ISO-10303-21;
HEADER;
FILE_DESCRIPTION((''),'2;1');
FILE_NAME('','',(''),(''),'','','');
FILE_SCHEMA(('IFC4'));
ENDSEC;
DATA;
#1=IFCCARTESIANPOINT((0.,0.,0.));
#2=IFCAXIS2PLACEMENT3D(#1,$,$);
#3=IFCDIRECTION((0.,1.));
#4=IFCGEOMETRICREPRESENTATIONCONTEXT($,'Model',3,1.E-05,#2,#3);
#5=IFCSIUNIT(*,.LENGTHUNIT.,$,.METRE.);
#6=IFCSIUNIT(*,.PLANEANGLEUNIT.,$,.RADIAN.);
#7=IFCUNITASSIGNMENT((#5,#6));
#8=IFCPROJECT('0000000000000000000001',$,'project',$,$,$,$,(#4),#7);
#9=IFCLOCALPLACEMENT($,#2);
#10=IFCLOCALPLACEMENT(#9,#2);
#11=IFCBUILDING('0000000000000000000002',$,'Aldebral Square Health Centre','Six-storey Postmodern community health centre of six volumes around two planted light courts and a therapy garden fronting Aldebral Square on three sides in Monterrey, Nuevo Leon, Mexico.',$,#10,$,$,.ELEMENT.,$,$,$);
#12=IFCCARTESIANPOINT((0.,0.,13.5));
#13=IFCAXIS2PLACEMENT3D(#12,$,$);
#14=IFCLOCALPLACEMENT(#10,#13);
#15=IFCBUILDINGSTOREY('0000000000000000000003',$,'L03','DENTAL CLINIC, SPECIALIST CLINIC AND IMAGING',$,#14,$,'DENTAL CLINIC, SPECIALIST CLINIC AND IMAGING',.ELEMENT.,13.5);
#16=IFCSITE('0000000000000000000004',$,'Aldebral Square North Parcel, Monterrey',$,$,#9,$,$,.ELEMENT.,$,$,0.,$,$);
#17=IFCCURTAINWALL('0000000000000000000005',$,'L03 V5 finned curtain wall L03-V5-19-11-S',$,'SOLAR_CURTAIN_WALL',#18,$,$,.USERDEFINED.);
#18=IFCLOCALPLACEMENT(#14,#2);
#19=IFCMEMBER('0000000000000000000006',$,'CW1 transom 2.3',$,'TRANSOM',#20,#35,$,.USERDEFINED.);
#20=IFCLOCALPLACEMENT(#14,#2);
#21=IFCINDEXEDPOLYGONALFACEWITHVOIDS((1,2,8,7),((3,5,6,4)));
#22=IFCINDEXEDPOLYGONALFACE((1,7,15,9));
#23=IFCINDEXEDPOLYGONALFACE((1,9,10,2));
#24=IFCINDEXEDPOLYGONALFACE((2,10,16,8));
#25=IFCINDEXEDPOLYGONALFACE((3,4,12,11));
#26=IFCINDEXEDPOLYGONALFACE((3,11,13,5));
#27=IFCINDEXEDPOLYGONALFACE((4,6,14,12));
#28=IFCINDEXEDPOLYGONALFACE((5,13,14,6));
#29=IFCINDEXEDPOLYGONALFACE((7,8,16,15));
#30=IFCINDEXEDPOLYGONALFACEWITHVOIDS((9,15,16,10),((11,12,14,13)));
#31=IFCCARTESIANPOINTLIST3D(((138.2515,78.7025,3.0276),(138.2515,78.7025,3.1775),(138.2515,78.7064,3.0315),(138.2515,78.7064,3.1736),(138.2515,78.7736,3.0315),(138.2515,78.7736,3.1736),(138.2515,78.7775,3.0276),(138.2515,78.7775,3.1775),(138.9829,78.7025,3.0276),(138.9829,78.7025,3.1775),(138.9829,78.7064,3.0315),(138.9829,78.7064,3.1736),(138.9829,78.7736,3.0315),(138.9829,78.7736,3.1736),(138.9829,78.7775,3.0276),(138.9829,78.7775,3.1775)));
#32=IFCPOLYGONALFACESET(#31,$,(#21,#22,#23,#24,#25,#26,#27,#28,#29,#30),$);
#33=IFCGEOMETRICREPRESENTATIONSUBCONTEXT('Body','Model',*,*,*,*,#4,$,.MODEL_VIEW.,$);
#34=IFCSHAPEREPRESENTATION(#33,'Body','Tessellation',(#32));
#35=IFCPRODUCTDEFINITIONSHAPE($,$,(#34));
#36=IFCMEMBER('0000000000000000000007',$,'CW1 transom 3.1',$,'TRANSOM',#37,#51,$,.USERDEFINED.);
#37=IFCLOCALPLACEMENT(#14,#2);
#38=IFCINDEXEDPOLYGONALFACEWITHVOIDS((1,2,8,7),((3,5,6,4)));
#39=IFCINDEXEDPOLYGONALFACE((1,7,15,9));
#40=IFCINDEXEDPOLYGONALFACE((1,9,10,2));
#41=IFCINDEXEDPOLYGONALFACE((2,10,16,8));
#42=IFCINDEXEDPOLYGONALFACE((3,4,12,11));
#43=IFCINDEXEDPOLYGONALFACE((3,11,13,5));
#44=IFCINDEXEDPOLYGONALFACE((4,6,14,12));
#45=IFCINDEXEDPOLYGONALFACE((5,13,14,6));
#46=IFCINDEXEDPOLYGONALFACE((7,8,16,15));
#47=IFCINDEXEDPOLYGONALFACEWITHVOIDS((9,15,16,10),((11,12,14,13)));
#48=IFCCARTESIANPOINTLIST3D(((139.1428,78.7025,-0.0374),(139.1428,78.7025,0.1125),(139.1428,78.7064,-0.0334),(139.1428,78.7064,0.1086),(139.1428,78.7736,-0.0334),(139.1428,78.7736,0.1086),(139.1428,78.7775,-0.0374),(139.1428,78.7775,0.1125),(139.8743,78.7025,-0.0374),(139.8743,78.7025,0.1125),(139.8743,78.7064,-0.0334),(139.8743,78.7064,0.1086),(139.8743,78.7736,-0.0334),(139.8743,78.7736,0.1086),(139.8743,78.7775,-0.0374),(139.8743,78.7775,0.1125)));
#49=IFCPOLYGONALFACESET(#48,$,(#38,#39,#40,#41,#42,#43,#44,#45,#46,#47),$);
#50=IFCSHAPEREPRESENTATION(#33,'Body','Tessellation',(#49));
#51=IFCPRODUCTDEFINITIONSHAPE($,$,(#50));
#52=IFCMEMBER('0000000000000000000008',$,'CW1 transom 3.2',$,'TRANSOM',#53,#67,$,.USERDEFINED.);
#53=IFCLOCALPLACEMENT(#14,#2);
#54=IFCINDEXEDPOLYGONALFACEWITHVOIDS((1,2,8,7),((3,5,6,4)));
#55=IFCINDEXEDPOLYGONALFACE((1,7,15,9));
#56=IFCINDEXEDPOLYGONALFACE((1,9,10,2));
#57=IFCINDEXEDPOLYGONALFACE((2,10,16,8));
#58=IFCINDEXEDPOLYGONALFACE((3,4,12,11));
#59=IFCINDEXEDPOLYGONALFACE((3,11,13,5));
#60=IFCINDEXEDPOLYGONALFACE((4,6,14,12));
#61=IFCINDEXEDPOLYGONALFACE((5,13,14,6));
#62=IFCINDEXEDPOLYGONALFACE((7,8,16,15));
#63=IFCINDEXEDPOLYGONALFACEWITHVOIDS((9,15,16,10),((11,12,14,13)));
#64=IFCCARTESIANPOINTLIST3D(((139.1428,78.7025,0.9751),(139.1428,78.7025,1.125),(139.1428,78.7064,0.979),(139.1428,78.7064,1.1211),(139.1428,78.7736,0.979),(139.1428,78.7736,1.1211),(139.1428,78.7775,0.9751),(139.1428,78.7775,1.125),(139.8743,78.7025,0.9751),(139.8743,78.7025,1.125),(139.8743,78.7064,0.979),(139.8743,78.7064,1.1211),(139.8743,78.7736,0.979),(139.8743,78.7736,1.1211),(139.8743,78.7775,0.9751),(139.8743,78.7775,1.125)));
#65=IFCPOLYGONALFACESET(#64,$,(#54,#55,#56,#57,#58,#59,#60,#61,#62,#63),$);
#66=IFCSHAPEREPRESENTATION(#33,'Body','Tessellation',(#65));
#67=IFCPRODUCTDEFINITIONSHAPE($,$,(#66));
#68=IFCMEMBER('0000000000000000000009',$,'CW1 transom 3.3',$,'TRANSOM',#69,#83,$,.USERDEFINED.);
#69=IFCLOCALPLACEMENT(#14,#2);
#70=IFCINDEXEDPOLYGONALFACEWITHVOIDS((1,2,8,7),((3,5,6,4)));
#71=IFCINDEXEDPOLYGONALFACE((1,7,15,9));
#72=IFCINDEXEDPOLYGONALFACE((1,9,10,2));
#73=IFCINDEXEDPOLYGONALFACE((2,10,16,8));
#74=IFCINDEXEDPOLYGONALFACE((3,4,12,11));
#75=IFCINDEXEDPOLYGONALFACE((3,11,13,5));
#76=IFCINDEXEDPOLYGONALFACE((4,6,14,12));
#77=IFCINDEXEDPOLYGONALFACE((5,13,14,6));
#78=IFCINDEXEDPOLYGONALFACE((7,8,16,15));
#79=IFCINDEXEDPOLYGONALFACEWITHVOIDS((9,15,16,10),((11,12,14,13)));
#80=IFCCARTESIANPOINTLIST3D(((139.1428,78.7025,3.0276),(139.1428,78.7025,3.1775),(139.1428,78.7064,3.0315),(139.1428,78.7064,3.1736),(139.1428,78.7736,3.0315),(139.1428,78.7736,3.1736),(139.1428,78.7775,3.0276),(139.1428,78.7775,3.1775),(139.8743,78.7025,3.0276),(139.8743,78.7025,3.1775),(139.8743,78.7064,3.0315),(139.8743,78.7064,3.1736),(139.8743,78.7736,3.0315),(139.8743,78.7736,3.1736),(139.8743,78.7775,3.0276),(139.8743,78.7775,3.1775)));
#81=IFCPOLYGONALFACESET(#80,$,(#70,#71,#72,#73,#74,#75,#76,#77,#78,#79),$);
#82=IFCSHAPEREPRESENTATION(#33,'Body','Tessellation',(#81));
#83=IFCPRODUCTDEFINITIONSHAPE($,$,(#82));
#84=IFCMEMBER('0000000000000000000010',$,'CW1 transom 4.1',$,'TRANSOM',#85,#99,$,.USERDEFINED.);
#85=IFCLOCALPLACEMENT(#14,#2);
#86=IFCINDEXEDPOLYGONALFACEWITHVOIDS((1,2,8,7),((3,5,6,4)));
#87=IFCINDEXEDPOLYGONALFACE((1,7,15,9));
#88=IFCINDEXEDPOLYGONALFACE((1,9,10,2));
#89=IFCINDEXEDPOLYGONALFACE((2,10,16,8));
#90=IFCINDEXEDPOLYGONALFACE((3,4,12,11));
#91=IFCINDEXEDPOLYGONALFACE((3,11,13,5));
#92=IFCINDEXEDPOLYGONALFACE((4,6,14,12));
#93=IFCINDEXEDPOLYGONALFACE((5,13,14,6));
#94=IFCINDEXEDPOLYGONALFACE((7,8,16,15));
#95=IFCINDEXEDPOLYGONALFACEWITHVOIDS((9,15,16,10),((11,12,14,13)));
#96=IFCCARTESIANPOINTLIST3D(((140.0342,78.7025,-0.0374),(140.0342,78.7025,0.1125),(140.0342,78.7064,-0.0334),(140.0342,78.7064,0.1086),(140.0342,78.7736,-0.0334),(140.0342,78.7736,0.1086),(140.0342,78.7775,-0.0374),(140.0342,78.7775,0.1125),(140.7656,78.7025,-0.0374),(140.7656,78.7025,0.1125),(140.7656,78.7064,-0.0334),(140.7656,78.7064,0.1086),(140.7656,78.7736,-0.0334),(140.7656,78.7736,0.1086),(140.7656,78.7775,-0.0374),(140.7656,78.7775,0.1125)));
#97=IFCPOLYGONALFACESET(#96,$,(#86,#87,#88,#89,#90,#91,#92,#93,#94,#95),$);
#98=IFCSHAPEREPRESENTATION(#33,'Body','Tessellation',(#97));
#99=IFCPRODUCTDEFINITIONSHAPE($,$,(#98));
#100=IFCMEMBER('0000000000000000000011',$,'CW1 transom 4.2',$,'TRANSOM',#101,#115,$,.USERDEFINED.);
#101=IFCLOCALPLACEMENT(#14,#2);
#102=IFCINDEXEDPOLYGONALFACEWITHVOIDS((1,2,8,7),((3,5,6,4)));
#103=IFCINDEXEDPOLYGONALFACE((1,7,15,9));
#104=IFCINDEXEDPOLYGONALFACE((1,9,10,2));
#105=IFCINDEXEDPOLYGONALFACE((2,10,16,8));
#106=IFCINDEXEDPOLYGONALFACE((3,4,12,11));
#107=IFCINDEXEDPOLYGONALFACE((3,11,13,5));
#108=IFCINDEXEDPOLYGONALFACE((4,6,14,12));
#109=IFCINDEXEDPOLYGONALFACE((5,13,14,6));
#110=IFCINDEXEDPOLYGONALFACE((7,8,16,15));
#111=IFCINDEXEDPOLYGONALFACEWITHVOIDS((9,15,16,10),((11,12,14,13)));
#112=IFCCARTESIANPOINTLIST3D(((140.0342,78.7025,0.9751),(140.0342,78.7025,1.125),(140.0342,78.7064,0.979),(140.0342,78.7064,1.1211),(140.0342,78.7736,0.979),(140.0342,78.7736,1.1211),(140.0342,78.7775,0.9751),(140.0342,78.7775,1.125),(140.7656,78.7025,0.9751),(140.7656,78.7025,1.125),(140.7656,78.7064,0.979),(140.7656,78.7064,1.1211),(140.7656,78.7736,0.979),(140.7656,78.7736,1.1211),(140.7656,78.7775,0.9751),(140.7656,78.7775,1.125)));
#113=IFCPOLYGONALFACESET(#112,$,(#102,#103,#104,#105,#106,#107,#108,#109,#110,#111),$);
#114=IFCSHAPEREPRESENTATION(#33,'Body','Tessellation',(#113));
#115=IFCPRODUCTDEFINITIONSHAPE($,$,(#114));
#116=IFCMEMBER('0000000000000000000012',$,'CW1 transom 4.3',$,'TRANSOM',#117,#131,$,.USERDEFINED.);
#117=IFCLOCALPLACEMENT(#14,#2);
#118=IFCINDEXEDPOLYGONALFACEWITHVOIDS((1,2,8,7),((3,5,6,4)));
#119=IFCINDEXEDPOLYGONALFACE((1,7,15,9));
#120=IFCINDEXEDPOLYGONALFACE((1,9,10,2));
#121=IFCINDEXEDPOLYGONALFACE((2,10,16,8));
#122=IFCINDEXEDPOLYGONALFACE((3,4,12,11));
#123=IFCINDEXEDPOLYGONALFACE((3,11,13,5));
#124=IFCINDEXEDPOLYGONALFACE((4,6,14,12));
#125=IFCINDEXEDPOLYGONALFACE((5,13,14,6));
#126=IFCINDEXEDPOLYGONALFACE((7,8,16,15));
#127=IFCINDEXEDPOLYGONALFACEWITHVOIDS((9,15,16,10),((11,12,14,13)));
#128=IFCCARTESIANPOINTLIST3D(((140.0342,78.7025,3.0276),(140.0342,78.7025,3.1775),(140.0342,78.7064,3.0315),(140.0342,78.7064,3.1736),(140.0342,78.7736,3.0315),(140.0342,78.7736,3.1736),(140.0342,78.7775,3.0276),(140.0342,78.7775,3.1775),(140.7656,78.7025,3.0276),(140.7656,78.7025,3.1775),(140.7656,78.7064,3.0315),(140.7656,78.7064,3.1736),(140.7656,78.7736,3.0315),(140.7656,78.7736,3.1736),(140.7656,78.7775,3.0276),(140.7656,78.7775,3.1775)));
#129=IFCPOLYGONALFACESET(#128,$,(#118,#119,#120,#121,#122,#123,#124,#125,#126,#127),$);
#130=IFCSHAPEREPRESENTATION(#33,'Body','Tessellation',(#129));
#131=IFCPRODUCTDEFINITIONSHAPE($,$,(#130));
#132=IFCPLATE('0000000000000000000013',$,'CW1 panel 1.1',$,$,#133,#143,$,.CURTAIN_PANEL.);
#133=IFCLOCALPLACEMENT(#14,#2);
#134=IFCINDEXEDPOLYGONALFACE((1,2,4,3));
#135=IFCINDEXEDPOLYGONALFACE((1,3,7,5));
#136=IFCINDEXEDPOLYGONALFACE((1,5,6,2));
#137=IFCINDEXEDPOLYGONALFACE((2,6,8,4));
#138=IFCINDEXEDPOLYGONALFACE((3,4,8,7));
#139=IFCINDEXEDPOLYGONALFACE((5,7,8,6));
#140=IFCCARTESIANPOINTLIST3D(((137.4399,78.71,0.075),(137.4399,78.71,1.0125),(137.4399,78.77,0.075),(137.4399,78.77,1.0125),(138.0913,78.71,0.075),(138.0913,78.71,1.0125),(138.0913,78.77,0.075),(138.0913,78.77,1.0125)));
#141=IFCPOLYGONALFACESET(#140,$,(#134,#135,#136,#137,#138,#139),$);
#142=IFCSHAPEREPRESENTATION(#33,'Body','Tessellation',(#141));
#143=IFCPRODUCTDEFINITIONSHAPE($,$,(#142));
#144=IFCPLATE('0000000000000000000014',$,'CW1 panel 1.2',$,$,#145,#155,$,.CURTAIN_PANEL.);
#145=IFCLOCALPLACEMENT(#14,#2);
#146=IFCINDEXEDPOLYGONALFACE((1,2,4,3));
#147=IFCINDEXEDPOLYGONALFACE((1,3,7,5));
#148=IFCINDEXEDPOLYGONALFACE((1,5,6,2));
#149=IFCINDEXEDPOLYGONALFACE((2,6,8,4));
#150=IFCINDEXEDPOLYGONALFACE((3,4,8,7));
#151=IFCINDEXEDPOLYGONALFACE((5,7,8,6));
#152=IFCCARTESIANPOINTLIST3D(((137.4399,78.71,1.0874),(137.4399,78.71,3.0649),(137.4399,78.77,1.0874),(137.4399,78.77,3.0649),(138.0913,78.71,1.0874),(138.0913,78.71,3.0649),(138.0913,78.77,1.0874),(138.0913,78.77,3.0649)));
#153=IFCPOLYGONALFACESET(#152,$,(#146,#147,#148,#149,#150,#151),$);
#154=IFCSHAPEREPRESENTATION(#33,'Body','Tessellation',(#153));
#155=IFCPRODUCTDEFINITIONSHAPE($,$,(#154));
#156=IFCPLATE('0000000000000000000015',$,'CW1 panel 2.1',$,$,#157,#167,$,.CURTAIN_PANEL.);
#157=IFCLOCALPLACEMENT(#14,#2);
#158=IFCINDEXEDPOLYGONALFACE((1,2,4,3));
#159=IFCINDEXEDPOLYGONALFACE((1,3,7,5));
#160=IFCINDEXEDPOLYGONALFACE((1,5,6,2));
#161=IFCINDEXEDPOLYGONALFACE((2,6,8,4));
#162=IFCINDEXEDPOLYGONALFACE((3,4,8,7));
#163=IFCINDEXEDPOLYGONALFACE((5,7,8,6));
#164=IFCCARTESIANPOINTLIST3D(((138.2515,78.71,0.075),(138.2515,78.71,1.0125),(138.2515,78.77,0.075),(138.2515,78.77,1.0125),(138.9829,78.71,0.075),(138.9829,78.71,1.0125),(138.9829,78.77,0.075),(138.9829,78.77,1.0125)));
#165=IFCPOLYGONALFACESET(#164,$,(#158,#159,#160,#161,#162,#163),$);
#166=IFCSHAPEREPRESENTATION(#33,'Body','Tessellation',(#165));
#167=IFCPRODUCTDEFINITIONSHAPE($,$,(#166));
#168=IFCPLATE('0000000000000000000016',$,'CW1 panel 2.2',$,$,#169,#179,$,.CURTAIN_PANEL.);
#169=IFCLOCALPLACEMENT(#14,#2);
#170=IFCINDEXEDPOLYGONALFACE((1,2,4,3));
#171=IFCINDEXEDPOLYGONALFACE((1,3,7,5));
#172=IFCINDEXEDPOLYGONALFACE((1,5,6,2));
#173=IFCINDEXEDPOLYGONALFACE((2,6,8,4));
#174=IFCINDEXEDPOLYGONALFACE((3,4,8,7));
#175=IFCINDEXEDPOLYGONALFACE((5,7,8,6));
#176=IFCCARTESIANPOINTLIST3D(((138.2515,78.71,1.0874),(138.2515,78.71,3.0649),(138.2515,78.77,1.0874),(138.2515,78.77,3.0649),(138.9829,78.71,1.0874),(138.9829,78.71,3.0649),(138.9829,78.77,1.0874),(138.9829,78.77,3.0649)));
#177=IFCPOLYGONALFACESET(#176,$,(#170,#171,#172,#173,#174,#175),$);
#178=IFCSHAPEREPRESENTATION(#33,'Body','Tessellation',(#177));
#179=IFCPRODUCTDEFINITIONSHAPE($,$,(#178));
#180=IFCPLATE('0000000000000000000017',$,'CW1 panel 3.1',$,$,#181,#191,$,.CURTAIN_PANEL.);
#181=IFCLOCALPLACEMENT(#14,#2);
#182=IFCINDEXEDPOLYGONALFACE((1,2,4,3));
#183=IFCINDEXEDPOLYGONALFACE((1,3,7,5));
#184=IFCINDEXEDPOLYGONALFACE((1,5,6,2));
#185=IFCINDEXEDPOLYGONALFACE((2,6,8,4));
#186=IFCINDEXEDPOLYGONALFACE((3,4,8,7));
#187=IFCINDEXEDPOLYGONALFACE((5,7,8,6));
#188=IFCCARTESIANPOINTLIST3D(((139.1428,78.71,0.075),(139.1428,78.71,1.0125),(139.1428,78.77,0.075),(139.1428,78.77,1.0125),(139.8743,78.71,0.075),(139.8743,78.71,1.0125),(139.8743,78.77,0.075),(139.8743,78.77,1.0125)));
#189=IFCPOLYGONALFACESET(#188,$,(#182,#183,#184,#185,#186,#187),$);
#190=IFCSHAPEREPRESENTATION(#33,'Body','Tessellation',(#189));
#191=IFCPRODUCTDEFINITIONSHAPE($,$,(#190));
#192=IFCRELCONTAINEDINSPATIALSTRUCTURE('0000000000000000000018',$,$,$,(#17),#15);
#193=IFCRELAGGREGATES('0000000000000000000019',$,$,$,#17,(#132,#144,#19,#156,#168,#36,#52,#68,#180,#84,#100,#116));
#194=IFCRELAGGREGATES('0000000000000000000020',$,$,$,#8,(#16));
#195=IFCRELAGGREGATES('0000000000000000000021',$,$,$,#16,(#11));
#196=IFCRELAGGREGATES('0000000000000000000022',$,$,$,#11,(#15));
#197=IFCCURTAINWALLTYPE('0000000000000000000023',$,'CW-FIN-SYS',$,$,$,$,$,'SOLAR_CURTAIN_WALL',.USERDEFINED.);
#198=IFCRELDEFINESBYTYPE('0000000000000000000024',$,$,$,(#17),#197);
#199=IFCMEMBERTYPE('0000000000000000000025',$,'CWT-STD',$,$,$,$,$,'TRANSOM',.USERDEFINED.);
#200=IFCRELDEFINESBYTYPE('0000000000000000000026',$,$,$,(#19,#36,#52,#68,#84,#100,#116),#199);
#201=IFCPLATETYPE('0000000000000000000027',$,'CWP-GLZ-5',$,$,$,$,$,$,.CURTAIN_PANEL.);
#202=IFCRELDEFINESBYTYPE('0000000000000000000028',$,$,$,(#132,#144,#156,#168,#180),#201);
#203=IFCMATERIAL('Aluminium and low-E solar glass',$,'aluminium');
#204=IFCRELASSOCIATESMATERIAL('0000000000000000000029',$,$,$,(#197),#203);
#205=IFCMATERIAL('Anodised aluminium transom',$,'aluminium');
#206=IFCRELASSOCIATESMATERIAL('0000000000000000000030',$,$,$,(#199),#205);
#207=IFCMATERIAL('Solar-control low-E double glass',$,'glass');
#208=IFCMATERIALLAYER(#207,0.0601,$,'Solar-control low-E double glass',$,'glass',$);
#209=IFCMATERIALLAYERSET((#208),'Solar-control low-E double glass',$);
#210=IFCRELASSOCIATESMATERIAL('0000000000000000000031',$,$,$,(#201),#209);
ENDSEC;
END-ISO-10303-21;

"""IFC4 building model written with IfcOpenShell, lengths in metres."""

from ifc_helpers import new_model, si_unit, direction, frame, origin, origin_2d, place, context, subcontext, project, spatial, rectangle, hollow_rectangle, extrude, material, layer, layer_set, material_profile, profile_set, type_object, element, aggregate, save


model = new_model("IFC4")

# Units and contexts
model_context = context("Model", 3, precision=1e-05, world=origin(), true_north=direction((0.0, 1.0)))
body_context = subcontext(model_context, "Body", "Model", "MODEL_VIEW")
ifc_project = project(units=[si_unit("LENGTHUNIT", "METRE"), si_unit("PLANEANGLEUNIT", "RADIAN")], contexts=[model_context])

# Site, building, storey
site_placement = place(None, origin())
site = spatial("IfcSite", under=ifc_project, at=site_placement, Name="Aldebral Square North Parcel, Monterrey", CompositionType="ELEMENT", RefElevation=0.0)
building_placement = place(site_placement, origin())
building = spatial("IfcBuilding", under=site, at=building_placement, Name="Aldebral Square Health Centre", Description="Six-storey Postmodern community health centre of six volumes around two planted light courts and a therapy garden fronting Aldebral Square on three sides in Monterrey, Nuevo Leon, Mexico.", CompositionType="ELEMENT")
storey_placement = place(building_placement, frame((0.0, 0.0, 13.5)))
storey = spatial("IfcBuildingStorey", under=building, at=storey_placement, Name="L03", Description="DENTAL CLINIC, SPECIALIST CLINIC AND IMAGING", LongName="DENTAL CLINIC, SPECIALIST CLINIC AND IMAGING", CompositionType="ELEMENT", Elevation=13.5)

# Curtain wall, members, plates
ifc_material_1 = material(Name="Aluminium and low-E solar glass", Category="aluminium")
curtain_wall_type = type_object("IfcCurtainWallType", Name="CW-FIN-SYS", ElementType="SOLAR_CURTAIN_WALL", PredefinedType="USERDEFINED", material=ifc_material_1)
curtain_wall_placement = place(storey_placement, origin())
curtain_wall = element("IfcCurtainWall", 1, at=curtain_wall_placement, inside=storey, type_object=curtain_wall_type, Name="L03 V5 finned curtain wall L03-V5-19-11-S", ObjectType="SOLAR_CURTAIN_WALL", PredefinedType="USERDEFINED")
ifc_material_2 = material(Name="Anodised aluminium transom", Category="aluminium")
ifc_material_profile_1 = material_profile(ifc_material_2, hollow_rectangle(XDim=0.075, YDim=0.1499, WallThickness=0.0039, at=origin_2d()), Name="CWT 75x150x4")
ifc_profile_set_1 = profile_set([ifc_material_profile_1], Name="Anodised aluminium transom")
member_type_1 = type_object("IfcMemberType", Name="CWT-STD", ElementType="TRANSOM", PredefinedType="USERDEFINED", material=ifc_profile_set_1)
member_1_placement = place(storey_placement, frame((138.2515, 78.74, 3.1025), z_axis=(1.0, 0.0, 0.0), x_axis=(0.0, 1.0, 0.0)))
member_1 = element("IfcMember", 2, at=member_1_placement, type_object=member_type_1, Name="CW1 transom 2.3", ObjectType="TRANSOM", PredefinedType="USERDEFINED", context=body_context, shape_type="SweptSolid", body=[
    extrude(hollow_rectangle(XDim=0.075, YDim=0.1499, WallThickness=0.0039, at=origin_2d()), origin(), (0.0, 0.0, 1.0), 0.7314),
])
member_2_placement = place(storey_placement, frame((139.1428, 78.74, 0.0376), z_axis=(1.0, 0.0, 0.0), x_axis=(0.0, 1.0, 0.0)))
member_2 = element("IfcMember", 3, at=member_2_placement, type_object=member_type_1, Name="CW1 transom 3.1", ObjectType="TRANSOM", PredefinedType="USERDEFINED", context=body_context, shape_type="SweptSolid", body=[
    extrude(hollow_rectangle(XDim=0.075, YDim=0.1499, WallThickness=0.0039, at=origin_2d()), origin(), (0.0, 0.0, 1.0), 0.7314),
])
member_3_placement = place(storey_placement, frame((139.1428, 78.74, 1.05), z_axis=(1.0, 0.0, 0.0), x_axis=(0.0, 1.0, 0.0)))
member_3 = element("IfcMember", 4, at=member_3_placement, type_object=member_type_1, Name="CW1 transom 3.2", ObjectType="TRANSOM", PredefinedType="USERDEFINED", context=body_context, shape_type="SweptSolid", body=[
    extrude(hollow_rectangle(XDim=0.075, YDim=0.1499, WallThickness=0.0039, at=origin_2d()), origin(), (0.0, 0.0, 1.0), 0.7314),
])
member_4_placement = place(storey_placement, frame((139.1428, 78.74, 3.1025), z_axis=(1.0, 0.0, 0.0), x_axis=(0.0, 1.0, 0.0)))
member_4 = element("IfcMember", 5, at=member_4_placement, type_object=member_type_1, Name="CW1 transom 3.3", ObjectType="TRANSOM", PredefinedType="USERDEFINED", context=body_context, shape_type="SweptSolid", body=[
    extrude(hollow_rectangle(XDim=0.075, YDim=0.1499, WallThickness=0.0039, at=origin_2d()), origin(), (0.0, 0.0, 1.0), 0.7314),
])
member_5_placement = place(storey_placement, frame((140.0342, 78.74, 0.0376), z_axis=(1.0, 0.0, 0.0), x_axis=(0.0, 1.0, 0.0)))
member_5 = element("IfcMember", 6, at=member_5_placement, type_object=member_type_1, Name="CW1 transom 4.1", ObjectType="TRANSOM", PredefinedType="USERDEFINED", context=body_context, shape_type="SweptSolid", body=[
    extrude(hollow_rectangle(XDim=0.075, YDim=0.1499, WallThickness=0.0039, at=origin_2d()), origin(), (0.0, 0.0, 1.0), 0.7314),
])
member_6_placement = place(storey_placement, frame((140.0342, 78.74, 1.05), z_axis=(1.0, 0.0, 0.0), x_axis=(0.0, 1.0, 0.0)))
member_6 = element("IfcMember", 7, at=member_6_placement, type_object=member_type_1, Name="CW1 transom 4.2", ObjectType="TRANSOM", PredefinedType="USERDEFINED", context=body_context, shape_type="SweptSolid", body=[
    extrude(hollow_rectangle(XDim=0.075, YDim=0.1499, WallThickness=0.0039, at=origin_2d()), origin(), (0.0, 0.0, 1.0), 0.7314),
])
member_7_placement = place(storey_placement, frame((140.0342, 78.74, 3.1025), z_axis=(1.0, 0.0, 0.0), x_axis=(0.0, 1.0, 0.0)))
member_7 = element("IfcMember", 8, at=member_7_placement, type_object=member_type_1, Name="CW1 transom 4.3", ObjectType="TRANSOM", PredefinedType="USERDEFINED", context=body_context, shape_type="SweptSolid", body=[
    extrude(hollow_rectangle(XDim=0.075, YDim=0.1499, WallThickness=0.0039, at=origin_2d()), origin(), (0.0, 0.0, 1.0), 0.7314),
])
ifc_material_3 = material(Name="Solar-control low-E double glass", Category="glass")
ifc_layer_1 = layer(ifc_material_3, 0.0601, Name="Solar-control low-E double glass", Category="glass")
ifc_layer_set_1 = layer_set([ifc_layer_1], Name="Solar-control low-E double glass")
plate_type = type_object("IfcPlateType", Name="CWP-GLZ-5", PredefinedType="CURTAIN_PANEL", material=ifc_layer_set_1)
plate_1_placement = place(storey_placement, frame((137.7656, 78.74, 0.075), z_axis=(0.0, 0.0, 1.0), x_axis=(1.0, 0.0, 0.0)))
plate_1 = element("IfcPlate", 9, at=plate_1_placement, type_object=plate_type, Name="CW1 panel 1.1", PredefinedType="CURTAIN_PANEL", context=body_context, shape_type="SweptSolid", body=[
    extrude(rectangle(XDim=0.6514, YDim=0.0601, at=origin_2d()), origin(), (0.0, 0.0, 1.0), 0.9375),
])
plate_2_placement = place(storey_placement, frame((137.7656, 78.74, 1.0874), z_axis=(0.0, 0.0, 1.0), x_axis=(1.0, 0.0, 0.0)))
plate_2 = element("IfcPlate", 10, at=plate_2_placement, type_object=plate_type, Name="CW1 panel 1.2", PredefinedType="CURTAIN_PANEL", context=body_context, shape_type="SweptSolid", body=[
    extrude(rectangle(XDim=0.6514, YDim=0.0601, at=origin_2d()), origin(), (0.0, 0.0, 1.0), 1.9775),
])
plate_3_placement = place(storey_placement, frame((138.6172, 78.74, 0.075), z_axis=(0.0, 0.0, 1.0), x_axis=(1.0, 0.0, 0.0)))
plate_3 = element("IfcPlate", 11, at=plate_3_placement, type_object=plate_type, Name="CW1 panel 2.1", PredefinedType="CURTAIN_PANEL", context=body_context, shape_type="SweptSolid", body=[
    extrude(rectangle(XDim=0.7314, YDim=0.0601, at=origin_2d()), origin(), (0.0, 0.0, 1.0), 0.9375),
])
plate_4_placement = place(storey_placement, frame((138.6172, 78.74, 1.0874), z_axis=(0.0, 0.0, 1.0), x_axis=(1.0, 0.0, 0.0)))
plate_4 = element("IfcPlate", 12, at=plate_4_placement, type_object=plate_type, Name="CW1 panel 2.2", PredefinedType="CURTAIN_PANEL", context=body_context, shape_type="SweptSolid", body=[
    extrude(rectangle(XDim=0.7314, YDim=0.0601, at=origin_2d()), origin(), (0.0, 0.0, 1.0), 1.9775),
])
plate_5_placement = place(storey_placement, frame((139.5085, 78.74, 0.075), z_axis=(0.0, 0.0, 1.0), x_axis=(1.0, 0.0, 0.0)))
plate_5 = element("IfcPlate", 13, at=plate_5_placement, type_object=plate_type, Name="CW1 panel 3.1", PredefinedType="CURTAIN_PANEL", context=body_context, shape_type="SweptSolid", body=[
    extrude(rectangle(XDim=0.7314, YDim=0.0601, at=origin_2d()), origin(), (0.0, 0.0, 1.0), 0.9375),
])
aggregate(curtain_wall, [plate_1, plate_2, member_1, plate_3, plate_4, member_2, member_3, member_4, plate_5, member_5, member_6, member_7])

save(model, "model.ifc")
